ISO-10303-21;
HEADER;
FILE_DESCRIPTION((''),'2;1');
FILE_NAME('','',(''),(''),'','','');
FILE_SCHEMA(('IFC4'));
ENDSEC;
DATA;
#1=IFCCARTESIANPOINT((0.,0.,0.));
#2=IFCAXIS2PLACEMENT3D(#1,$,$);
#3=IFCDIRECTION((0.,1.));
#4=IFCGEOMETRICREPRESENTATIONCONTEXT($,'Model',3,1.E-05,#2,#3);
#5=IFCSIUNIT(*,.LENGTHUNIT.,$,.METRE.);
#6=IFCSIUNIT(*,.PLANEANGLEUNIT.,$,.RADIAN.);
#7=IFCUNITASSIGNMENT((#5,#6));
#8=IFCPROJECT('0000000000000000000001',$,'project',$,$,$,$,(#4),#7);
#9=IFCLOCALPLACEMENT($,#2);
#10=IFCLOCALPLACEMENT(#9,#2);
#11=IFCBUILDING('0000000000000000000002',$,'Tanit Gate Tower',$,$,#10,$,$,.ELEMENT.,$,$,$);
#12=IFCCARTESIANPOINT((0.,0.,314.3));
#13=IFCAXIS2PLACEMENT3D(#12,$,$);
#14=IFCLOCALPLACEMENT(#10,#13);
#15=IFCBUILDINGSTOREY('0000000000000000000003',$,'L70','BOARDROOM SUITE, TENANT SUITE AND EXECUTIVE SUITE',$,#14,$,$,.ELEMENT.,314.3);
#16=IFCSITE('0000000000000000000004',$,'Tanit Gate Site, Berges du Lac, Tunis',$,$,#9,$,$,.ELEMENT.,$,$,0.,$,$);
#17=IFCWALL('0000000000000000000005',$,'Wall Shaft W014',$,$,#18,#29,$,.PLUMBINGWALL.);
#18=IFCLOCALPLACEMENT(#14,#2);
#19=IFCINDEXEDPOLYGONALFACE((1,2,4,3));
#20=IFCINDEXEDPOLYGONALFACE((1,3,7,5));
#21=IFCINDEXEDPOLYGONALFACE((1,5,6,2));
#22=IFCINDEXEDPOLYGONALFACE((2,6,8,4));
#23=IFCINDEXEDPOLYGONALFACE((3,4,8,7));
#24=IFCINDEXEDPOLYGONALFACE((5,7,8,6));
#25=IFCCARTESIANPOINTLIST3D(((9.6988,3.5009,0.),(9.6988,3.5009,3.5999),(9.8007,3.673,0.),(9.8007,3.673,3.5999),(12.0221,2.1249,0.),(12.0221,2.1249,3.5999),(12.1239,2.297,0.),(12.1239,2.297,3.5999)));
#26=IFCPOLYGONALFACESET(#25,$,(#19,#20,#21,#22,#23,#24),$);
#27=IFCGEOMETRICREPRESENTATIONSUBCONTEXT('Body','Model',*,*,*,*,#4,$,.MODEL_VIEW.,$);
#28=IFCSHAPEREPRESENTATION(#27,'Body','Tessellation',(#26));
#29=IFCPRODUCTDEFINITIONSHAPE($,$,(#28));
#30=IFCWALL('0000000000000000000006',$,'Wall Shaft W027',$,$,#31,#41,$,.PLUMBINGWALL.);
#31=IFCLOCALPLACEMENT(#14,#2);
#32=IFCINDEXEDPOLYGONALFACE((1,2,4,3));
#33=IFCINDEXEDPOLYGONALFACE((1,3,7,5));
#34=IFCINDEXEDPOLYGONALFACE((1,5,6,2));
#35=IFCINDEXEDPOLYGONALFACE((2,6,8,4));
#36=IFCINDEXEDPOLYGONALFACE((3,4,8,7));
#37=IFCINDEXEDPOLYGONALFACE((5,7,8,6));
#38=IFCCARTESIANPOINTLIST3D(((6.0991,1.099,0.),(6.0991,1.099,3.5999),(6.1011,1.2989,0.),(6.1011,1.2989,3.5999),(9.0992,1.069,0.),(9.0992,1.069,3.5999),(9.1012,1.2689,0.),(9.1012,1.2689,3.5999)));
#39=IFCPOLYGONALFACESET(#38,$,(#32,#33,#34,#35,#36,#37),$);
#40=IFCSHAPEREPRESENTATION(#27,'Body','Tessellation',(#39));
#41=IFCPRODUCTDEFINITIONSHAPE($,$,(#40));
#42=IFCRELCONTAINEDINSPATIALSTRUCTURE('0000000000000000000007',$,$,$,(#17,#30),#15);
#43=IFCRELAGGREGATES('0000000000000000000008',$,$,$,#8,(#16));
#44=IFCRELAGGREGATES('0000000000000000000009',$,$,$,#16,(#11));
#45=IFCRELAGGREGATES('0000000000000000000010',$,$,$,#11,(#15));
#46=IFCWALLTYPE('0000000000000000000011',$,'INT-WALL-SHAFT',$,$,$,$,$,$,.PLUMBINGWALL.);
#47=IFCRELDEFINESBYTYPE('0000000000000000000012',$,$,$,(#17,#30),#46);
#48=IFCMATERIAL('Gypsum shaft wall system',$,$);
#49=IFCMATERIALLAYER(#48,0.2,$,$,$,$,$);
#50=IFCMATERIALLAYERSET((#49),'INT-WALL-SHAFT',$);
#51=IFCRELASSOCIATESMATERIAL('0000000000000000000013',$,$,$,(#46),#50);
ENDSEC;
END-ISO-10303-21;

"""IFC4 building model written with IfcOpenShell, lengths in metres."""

from ifc_helpers import new_model, si_unit, direction, frame, frame_2d, origin, place, context, subcontext, project, spatial, rectangle, extrude, material, layer, layer_set, type_object, element, save


model = new_model("IFC4")

# Units and contexts
model_context = context("Model", 3, precision=1e-05, world=origin(), true_north=direction((0.0, 1.0)))
body_context = subcontext(model_context, "Body", "Model", "MODEL_VIEW")
ifc_project = project(units=[si_unit("LENGTHUNIT", "METRE"), si_unit("PLANEANGLEUNIT", "RADIAN")], contexts=[model_context])

# Site, building, storey
site_placement = place(None, origin())
site = spatial("IfcSite", under=ifc_project, at=site_placement, Name="Tanit Gate Site, Berges du Lac, Tunis", CompositionType="ELEMENT", RefElevation=0.0)
building_placement = place(site_placement, origin())
building = spatial("IfcBuilding", under=site, at=building_placement, Name="Tanit Gate Tower", CompositionType="ELEMENT")
storey_placement = place(building_placement, frame((0.0, 0.0, 314.3)))
storey = spatial("IfcBuildingStorey", under=building, at=storey_placement, Name="L70", Description="BOARDROOM SUITE, TENANT SUITE AND EXECUTIVE SUITE", CompositionType="ELEMENT", Elevation=314.3)

# Wall
ifc_material_1 = material(Name="Gypsum shaft wall system")
ifc_layer_1 = layer(ifc_material_1, 0.2)
ifc_layer_set_1 = layer_set([ifc_layer_1], Name="INT-WALL-SHAFT")
wall_type_1 = type_object("IfcWallType", Name="INT-WALL-SHAFT", PredefinedType="PLUMBINGWALL", material=ifc_layer_set_1)
wall_1_placement = place(storey_placement, frame((12.073, 2.2109, 0.0), z_axis=(0.0, 0.0, 1.0), x_axis=(-0.860415, 0.509594, 0.0)))
element("IfcWall", 1, at=wall_1_placement, inside=storey, type_object=wall_type_1, Name="Wall Shaft W014", PredefinedType="PLUMBINGWALL", context=body_context, shape_type="SweptSolid", body=[
    extrude(rectangle(XDim=2.7002, YDim=0.2, at=frame_2d((1.3501, 0.0))), origin(), (0.0, 0.0, 1.0), 3.5999),
])

# Wall
wall_2_placement = place(storey_placement, frame((9.1001, 1.1689, 0.0), z_axis=(0.0, 0.0, 1.0), x_axis=(-0.99995, 0.010009, 0.0)))
element("IfcWall", 2, at=wall_2_placement, inside=storey, type_object=wall_type_1, Name="Wall Shaft W027", PredefinedType="PLUMBINGWALL", context=body_context, shape_type="SweptSolid", body=[
    extrude(rectangle(XDim=3.0002, YDim=0.2, at=frame_2d((1.5, 0.0))), origin(), (0.0, 0.0, 1.0), 3.5999),
])

save(model, "model.ifc")
